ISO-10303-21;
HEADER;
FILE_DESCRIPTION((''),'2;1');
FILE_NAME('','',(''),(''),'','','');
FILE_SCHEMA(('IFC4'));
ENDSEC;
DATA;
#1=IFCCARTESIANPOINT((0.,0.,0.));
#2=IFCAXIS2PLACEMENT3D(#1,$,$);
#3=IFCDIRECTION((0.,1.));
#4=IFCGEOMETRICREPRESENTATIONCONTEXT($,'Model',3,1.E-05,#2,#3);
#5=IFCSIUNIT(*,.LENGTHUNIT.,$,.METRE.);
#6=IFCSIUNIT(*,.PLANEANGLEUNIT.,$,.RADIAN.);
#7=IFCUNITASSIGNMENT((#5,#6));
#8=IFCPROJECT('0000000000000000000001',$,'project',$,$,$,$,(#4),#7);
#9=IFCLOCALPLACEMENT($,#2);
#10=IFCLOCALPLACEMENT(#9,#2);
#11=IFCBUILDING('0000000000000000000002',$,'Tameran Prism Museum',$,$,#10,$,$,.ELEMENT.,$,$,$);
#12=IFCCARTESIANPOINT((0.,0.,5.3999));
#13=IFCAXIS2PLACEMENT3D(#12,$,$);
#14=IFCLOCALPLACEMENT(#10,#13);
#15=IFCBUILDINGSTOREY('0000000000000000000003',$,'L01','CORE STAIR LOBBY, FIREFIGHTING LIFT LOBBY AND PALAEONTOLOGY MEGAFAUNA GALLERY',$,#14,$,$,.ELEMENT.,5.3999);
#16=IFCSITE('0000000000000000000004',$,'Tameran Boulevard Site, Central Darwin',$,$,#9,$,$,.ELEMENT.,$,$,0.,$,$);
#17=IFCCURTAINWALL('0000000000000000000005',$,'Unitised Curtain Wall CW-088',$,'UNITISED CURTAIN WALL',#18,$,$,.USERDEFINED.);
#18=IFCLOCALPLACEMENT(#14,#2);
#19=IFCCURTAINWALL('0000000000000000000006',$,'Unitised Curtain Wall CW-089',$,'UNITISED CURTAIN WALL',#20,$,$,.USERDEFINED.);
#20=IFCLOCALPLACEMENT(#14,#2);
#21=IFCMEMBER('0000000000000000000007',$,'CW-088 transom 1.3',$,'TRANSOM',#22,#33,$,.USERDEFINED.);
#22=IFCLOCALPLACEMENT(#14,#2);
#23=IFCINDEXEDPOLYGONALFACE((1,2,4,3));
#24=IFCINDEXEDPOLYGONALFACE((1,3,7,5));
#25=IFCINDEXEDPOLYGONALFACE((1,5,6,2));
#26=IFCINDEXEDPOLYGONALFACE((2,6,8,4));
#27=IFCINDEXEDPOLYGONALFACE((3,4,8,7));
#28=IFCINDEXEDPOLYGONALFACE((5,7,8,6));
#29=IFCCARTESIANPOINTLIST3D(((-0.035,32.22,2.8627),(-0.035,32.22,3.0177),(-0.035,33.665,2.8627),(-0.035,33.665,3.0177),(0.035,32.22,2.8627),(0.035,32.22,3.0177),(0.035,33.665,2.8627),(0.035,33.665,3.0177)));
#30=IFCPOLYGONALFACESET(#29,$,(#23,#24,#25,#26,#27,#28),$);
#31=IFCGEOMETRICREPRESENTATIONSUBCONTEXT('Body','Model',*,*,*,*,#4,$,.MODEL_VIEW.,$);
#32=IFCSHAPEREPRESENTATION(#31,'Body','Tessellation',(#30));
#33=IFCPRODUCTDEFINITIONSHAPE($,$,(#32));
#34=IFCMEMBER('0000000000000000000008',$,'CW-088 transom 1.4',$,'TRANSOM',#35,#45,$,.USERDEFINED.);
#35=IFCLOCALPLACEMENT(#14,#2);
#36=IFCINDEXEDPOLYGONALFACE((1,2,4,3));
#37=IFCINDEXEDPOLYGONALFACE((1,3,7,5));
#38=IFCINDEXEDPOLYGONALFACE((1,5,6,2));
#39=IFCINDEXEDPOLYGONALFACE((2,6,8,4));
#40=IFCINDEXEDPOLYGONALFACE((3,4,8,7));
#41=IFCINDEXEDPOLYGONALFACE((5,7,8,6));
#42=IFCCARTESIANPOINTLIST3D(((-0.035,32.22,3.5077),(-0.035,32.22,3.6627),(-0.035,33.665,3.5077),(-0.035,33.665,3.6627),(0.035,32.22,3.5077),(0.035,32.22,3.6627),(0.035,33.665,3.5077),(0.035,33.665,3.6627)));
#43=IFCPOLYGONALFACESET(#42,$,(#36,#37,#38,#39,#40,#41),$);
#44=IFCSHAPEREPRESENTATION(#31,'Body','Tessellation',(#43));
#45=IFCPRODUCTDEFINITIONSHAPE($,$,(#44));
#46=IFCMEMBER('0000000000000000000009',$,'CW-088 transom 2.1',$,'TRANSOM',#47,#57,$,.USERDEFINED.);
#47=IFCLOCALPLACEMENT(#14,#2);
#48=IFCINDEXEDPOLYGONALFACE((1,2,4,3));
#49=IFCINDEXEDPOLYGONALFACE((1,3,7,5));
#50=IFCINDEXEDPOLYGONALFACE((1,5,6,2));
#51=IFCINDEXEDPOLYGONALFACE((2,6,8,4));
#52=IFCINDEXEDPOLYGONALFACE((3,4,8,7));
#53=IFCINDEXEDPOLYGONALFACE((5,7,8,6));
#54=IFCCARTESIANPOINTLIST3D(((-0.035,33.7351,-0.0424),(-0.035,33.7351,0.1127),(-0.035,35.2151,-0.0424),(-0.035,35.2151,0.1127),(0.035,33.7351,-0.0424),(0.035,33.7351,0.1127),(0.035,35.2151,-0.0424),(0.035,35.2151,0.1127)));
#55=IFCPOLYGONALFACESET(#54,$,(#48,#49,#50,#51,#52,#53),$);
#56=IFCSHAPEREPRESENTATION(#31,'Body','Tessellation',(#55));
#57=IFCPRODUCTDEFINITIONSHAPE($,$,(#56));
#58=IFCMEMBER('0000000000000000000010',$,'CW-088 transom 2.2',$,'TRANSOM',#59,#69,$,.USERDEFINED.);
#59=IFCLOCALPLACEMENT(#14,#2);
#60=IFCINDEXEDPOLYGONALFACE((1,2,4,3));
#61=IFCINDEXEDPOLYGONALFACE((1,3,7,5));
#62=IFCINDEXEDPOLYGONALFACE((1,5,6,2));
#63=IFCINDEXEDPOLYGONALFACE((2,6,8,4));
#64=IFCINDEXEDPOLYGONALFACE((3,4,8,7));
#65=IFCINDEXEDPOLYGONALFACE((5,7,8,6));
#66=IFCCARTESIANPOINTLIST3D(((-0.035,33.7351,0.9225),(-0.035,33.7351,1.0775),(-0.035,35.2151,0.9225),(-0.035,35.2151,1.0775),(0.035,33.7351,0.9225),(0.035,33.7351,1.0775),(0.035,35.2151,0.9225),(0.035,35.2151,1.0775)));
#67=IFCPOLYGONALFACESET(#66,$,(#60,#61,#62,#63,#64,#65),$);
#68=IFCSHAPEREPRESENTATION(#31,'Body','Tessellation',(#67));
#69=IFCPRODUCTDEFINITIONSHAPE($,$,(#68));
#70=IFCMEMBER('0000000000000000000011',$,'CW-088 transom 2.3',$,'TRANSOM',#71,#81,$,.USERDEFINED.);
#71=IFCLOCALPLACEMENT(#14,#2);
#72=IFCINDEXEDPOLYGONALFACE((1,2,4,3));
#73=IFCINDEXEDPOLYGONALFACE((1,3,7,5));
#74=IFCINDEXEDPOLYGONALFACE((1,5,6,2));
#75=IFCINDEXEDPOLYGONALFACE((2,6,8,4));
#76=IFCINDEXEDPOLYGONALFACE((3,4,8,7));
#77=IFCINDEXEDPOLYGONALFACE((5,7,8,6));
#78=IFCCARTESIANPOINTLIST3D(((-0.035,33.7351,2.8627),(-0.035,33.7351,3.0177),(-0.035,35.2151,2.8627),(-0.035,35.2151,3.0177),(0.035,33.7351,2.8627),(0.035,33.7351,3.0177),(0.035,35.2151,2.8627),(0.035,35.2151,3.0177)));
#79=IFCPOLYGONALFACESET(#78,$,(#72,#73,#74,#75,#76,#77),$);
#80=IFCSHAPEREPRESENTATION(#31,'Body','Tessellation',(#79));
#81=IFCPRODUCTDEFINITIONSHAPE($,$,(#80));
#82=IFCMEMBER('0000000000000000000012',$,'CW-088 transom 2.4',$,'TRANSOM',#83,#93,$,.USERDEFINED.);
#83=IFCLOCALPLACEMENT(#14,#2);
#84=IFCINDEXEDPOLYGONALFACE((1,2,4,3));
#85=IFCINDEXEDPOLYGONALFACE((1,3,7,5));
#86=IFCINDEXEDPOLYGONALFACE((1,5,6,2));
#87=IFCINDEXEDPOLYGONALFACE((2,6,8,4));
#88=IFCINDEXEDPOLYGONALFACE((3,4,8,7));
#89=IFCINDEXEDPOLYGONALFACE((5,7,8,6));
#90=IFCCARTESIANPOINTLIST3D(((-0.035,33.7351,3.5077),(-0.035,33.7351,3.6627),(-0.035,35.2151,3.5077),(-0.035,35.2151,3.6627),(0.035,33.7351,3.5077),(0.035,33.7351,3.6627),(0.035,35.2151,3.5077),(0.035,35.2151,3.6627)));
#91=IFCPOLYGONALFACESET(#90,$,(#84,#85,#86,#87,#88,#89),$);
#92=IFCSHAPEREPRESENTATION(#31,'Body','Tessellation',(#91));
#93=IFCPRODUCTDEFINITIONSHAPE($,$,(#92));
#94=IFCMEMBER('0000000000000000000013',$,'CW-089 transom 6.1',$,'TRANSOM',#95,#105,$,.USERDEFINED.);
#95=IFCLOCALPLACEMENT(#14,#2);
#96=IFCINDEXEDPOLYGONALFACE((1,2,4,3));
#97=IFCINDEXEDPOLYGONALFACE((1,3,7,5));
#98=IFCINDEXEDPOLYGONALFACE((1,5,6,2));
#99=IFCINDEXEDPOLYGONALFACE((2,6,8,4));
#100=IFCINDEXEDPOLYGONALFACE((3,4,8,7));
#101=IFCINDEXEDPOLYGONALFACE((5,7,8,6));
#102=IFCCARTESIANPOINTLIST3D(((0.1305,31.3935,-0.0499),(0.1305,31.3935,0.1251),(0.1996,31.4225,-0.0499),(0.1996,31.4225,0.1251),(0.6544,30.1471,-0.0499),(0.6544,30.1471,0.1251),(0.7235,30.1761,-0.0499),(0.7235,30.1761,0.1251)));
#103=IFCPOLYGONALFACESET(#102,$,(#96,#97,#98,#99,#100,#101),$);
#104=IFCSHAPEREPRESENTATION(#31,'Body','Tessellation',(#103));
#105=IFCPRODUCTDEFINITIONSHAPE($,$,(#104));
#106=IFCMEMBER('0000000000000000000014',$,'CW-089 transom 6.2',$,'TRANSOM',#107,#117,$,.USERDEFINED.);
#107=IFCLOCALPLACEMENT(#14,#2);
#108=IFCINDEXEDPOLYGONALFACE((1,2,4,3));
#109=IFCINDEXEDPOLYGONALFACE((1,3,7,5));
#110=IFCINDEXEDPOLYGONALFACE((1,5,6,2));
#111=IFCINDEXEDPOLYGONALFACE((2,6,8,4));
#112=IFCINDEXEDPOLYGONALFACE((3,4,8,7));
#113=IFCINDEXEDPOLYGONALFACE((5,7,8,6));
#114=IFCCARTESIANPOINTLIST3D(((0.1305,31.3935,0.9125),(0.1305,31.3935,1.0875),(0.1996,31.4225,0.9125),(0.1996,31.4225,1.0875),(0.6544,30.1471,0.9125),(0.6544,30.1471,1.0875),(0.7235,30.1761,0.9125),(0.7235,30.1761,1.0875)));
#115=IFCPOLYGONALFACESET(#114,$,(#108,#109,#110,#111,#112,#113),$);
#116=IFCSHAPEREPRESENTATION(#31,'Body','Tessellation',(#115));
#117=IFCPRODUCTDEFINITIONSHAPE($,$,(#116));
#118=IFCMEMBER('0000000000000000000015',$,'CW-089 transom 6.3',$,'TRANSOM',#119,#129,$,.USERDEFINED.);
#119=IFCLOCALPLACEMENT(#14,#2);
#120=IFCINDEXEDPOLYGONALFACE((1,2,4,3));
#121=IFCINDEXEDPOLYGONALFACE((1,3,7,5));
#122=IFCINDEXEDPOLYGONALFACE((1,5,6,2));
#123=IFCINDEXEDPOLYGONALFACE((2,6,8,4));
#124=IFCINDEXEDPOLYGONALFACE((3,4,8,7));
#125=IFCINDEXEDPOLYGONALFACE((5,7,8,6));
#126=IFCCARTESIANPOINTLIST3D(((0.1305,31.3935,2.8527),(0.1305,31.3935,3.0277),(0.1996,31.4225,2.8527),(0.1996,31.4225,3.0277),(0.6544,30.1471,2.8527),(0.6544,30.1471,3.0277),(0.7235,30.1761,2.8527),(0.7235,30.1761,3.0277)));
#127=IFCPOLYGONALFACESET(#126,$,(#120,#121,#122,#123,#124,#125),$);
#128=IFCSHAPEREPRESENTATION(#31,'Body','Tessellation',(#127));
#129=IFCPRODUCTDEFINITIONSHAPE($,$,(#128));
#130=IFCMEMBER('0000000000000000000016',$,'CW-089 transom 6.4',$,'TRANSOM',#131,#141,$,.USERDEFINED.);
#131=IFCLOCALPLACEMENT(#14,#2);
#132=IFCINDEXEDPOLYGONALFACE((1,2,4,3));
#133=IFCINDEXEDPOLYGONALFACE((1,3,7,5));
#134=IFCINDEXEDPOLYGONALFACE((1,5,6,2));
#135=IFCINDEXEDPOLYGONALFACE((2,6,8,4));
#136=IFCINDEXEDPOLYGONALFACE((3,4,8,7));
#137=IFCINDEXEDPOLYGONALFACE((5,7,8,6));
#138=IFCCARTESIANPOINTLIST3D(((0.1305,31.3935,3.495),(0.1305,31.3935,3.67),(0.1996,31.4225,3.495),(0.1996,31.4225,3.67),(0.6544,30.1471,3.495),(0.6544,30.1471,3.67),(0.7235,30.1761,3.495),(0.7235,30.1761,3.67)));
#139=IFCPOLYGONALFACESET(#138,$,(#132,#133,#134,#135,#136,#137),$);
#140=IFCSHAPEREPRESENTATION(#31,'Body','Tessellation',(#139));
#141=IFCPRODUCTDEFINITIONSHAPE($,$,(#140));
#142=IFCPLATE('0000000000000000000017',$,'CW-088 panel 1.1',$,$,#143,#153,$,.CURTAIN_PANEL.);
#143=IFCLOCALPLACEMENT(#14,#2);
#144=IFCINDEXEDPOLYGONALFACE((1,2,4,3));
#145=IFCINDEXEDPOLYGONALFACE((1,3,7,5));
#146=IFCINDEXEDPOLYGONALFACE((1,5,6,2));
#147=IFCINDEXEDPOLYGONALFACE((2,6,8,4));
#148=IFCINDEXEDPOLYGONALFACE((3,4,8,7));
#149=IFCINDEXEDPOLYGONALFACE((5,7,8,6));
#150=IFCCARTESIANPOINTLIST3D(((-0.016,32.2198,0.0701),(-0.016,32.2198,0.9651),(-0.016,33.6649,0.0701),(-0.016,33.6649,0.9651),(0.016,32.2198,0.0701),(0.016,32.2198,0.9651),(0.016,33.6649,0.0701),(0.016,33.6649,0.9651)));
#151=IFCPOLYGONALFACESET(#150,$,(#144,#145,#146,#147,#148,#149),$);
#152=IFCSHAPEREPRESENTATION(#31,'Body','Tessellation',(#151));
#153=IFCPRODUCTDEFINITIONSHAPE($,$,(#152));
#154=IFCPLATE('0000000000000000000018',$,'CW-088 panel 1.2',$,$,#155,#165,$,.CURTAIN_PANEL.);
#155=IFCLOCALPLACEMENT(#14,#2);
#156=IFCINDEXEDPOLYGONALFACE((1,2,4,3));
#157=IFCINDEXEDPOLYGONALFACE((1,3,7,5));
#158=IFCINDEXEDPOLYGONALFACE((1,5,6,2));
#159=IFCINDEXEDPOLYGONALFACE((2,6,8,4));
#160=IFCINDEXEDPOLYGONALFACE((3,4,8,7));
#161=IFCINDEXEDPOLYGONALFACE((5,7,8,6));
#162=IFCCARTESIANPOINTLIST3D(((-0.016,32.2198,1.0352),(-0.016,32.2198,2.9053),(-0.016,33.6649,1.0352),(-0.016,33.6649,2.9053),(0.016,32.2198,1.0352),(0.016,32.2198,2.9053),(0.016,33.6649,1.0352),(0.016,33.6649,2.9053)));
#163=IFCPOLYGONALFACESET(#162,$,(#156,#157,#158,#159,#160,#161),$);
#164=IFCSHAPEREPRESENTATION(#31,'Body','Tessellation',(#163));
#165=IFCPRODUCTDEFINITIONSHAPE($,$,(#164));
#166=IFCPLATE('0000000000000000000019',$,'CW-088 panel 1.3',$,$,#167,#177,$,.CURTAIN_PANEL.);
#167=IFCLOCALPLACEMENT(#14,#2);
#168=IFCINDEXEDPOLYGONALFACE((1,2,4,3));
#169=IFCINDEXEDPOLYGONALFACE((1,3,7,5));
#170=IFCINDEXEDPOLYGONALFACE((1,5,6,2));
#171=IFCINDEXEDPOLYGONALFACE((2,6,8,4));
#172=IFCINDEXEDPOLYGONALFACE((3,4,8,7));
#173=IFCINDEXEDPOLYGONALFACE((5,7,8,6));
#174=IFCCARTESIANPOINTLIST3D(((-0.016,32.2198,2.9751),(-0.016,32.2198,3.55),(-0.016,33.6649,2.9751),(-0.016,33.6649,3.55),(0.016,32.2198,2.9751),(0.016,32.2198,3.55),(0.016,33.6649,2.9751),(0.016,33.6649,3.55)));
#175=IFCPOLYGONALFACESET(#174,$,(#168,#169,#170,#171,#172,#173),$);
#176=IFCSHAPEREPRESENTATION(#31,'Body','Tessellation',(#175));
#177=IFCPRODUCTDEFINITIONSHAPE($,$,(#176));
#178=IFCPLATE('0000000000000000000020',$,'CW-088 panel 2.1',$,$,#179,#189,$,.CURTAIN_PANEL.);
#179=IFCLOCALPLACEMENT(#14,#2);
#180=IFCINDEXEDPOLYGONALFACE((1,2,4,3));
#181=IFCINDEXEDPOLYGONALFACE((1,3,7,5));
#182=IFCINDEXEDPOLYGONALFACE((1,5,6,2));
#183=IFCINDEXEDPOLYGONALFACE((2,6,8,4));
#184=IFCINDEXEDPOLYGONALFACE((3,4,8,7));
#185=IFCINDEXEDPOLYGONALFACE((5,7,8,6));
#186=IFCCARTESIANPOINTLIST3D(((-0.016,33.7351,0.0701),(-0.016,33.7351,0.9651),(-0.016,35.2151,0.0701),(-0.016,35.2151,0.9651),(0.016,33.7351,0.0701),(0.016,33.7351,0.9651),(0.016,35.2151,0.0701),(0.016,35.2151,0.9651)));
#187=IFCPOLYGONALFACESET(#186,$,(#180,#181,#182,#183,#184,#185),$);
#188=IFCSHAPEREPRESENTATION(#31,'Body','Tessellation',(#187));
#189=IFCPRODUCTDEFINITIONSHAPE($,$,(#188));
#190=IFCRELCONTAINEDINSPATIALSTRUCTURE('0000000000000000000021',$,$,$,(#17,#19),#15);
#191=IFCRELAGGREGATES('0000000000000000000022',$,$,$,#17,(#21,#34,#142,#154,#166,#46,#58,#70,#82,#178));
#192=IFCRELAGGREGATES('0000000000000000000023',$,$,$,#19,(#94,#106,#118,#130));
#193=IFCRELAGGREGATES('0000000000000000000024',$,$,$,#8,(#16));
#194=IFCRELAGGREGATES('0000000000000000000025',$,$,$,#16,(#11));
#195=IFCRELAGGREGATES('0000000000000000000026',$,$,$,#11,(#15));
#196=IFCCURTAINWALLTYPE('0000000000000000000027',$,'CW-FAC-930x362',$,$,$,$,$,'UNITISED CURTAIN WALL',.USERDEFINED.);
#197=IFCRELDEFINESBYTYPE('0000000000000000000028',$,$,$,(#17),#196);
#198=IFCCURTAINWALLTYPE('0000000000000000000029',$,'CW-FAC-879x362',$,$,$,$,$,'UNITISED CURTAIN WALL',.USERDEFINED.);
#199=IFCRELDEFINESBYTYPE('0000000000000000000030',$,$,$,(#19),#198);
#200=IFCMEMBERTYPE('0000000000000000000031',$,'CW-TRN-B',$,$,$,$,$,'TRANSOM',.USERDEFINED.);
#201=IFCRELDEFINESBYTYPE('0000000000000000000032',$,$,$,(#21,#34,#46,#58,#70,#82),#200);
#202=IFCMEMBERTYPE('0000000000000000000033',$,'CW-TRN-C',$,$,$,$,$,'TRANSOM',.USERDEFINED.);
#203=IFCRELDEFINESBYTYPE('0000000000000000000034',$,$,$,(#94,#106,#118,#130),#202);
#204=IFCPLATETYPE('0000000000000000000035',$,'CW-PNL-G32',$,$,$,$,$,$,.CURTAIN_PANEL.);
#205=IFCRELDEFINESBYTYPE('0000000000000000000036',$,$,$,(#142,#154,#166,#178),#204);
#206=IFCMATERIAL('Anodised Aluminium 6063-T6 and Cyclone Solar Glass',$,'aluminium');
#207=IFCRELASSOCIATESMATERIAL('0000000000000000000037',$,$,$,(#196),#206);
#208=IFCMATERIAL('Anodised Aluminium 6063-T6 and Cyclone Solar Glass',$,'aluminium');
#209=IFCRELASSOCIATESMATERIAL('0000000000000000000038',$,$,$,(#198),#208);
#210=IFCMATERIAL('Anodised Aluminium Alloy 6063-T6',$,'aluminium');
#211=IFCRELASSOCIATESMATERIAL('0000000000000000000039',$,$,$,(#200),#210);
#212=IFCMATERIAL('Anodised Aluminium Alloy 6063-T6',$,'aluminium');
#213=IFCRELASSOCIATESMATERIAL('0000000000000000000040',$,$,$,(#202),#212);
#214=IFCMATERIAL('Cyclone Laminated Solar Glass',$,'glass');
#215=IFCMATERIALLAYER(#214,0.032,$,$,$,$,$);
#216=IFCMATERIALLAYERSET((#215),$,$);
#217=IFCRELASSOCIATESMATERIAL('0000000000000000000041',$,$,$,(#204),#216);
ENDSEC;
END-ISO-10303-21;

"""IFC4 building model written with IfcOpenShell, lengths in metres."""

from ifc_helpers import new_model, si_unit, direction, frame, origin, origin_2d, place, context, subcontext, project, spatial, rectangle, extrude, material, layer, layer_set, material_profile, profile_set, type_object, element, aggregate, save


model = new_model("IFC4")

# Units and contexts
model_context = context("Model", 3, precision=1e-05, world=origin(), true_north=direction((0.0, 1.0)))
body_context = subcontext(model_context, "Body", "Model", "MODEL_VIEW")
ifc_project = project(units=[si_unit("LENGTHUNIT", "METRE"), si_unit("PLANEANGLEUNIT", "RADIAN")], contexts=[model_context])

# Site, building, storey
site_placement = place(None, origin())
site = spatial("IfcSite", under=ifc_project, at=site_placement, Name="Tameran Boulevard Site, Central Darwin", CompositionType="ELEMENT", RefElevation=0.0)
building_placement = place(site_placement, origin())
building = spatial("IfcBuilding", under=site, at=building_placement, Name="Tameran Prism Museum", CompositionType="ELEMENT")
storey_placement = place(building_placement, frame((0.0, 0.0, 5.3999)))
storey = spatial("IfcBuildingStorey", under=building, at=storey_placement, Name="L01", Description="CORE STAIR LOBBY, FIREFIGHTING LIFT LOBBY AND PALAEONTOLOGY MEGAFAUNA GALLERY", CompositionType="ELEMENT", Elevation=5.3999)

# Curtain walls
ifc_material_1 = material(Name="Anodised Aluminium 6063-T6 and Cyclone Solar Glass", Category="aluminium")
curtain_wall_type_1 = type_object("IfcCurtainWallType", Name="CW-FAC-930x362", ElementType="UNITISED CURTAIN WALL", PredefinedType="USERDEFINED", material=ifc_material_1)
curtain_wall_1_placement = place(storey_placement, origin())
curtain_wall_1 = element("IfcCurtainWall", 1, at=curtain_wall_1_placement, inside=storey, type_object=curtain_wall_type_1, Name="Unitised Curtain Wall CW-088", ObjectType="UNITISED CURTAIN WALL", PredefinedType="USERDEFINED")
ifc_material_2 = material(Name="Anodised Aluminium 6063-T6 and Cyclone Solar Glass", Category="aluminium")
curtain_wall_type_2 = type_object("IfcCurtainWallType", Name="CW-FAC-879x362", ElementType="UNITISED CURTAIN WALL", PredefinedType="USERDEFINED", material=ifc_material_2)
curtain_wall_2_placement = place(storey_placement, origin())
curtain_wall_2 = element("IfcCurtainWall", 2, at=curtain_wall_2_placement, inside=storey, type_object=curtain_wall_type_2, Name="Unitised Curtain Wall CW-089", ObjectType="UNITISED CURTAIN WALL", PredefinedType="USERDEFINED")

# Members
ifc_material_3 = material(Name="Anodised Aluminium Alloy 6063-T6", Category="aluminium")
ifc_material_profile_1 = material_profile(ifc_material_3, rectangle(XDim=0.0701, YDim=0.155, at=origin_2d()))
ifc_profile_set_1 = profile_set([ifc_material_profile_1])
member_type_1 = type_object("IfcMemberType", Name="CW-TRN-B", ElementType="TRANSOM", PredefinedType="USERDEFINED", material=ifc_profile_set_1)
member_1_placement = place(storey_placement, frame((0.0, 32.22, 2.9402), z_axis=(0.0, 1.0, 0.0), x_axis=(-1.0, 0.0, 0.0)))
member_1 = element("IfcMember", 3, at=member_1_placement, type_object=member_type_1, Name="CW-088 transom 1.3", ObjectType="TRANSOM", PredefinedType="USERDEFINED", context=body_context, shape_type="SweptSolid", body=[
    extrude(rectangle(XDim=0.0701, YDim=0.155, at=origin_2d()), origin(), (0.0, 0.0, 1.0), 1.4451),
])
member_2_placement = place(storey_placement, frame((0.0, 32.22, 3.5852), z_axis=(0.0, 1.0, 0.0), x_axis=(-1.0, 0.0, 0.0)))
member_2 = element("IfcMember", 4, at=member_2_placement, type_object=member_type_1, Name="CW-088 transom 1.4", ObjectType="TRANSOM", PredefinedType="USERDEFINED", context=body_context, shape_type="SweptSolid", body=[
    extrude(rectangle(XDim=0.0701, YDim=0.155, at=origin_2d()), origin(), (0.0, 0.0, 1.0), 1.4451),
])
member_3_placement = place(storey_placement, frame((0.0, 33.7351, 0.0352), z_axis=(0.0, 1.0, 0.0), x_axis=(-1.0, 0.0, 0.0)))
member_3 = element("IfcMember", 5, at=member_3_placement, type_object=member_type_1, Name="CW-088 transom 2.1", ObjectType="TRANSOM", PredefinedType="USERDEFINED", context=body_context, shape_type="SweptSolid", body=[
    extrude(rectangle(XDim=0.0701, YDim=0.155, at=origin_2d()), origin(), (0.0, 0.0, 1.0), 1.48),
])
member_4_placement = place(storey_placement, frame((0.0, 33.7351, 1.0), z_axis=(0.0, 1.0, 0.0), x_axis=(-1.0, 0.0, 0.0)))
member_4 = element("IfcMember", 6, at=member_4_placement, type_object=member_type_1, Name="CW-088 transom 2.2", ObjectType="TRANSOM", PredefinedType="USERDEFINED", context=body_context, shape_type="SweptSolid", body=[
    extrude(rectangle(XDim=0.0701, YDim=0.155, at=origin_2d()), origin(), (0.0, 0.0, 1.0), 1.48),
])
member_5_placement = place(storey_placement, frame((0.0, 33.7351, 2.9402), z_axis=(0.0, 1.0, 0.0), x_axis=(-1.0, 0.0, 0.0)))
member_5 = element("IfcMember", 7, at=member_5_placement, type_object=member_type_1, Name="CW-088 transom 2.3", ObjectType="TRANSOM", PredefinedType="USERDEFINED", context=body_context, shape_type="SweptSolid", body=[
    extrude(rectangle(XDim=0.0701, YDim=0.155, at=origin_2d()), origin(), (0.0, 0.0, 1.0), 1.48),
])
member_6_placement = place(storey_placement, frame((0.0, 33.7351, 3.5852), z_axis=(0.0, 1.0, 0.0), x_axis=(-1.0, 0.0, 0.0)))
member_6 = element("IfcMember", 8, at=member_6_placement, type_object=member_type_1, Name="CW-088 transom 2.4", ObjectType="TRANSOM", PredefinedType="USERDEFINED", context=body_context, shape_type="SweptSolid", body=[
    extrude(rectangle(XDim=0.0701, YDim=0.155, at=origin_2d()), origin(), (0.0, 0.0, 1.0), 1.48),
])
ifc_material_4 = material(Name="Anodised Aluminium Alloy 6063-T6", Category="aluminium")
ifc_material_profile_2 = material_profile(ifc_material_4, rectangle(XDim=0.075, YDim=0.175, at=origin_2d()))
ifc_profile_set_2 = profile_set([ifc_material_profile_2])
member_type_2 = type_object("IfcMemberType", Name="CW-TRN-C", ElementType="TRANSOM", PredefinedType="USERDEFINED", material=ifc_profile_set_2)
member_7_placement = place(storey_placement, frame((0.689, 30.1616, 0.0376), z_axis=(-0.387524, 0.92186, 0.0), x_axis=(-0.92186, -0.387524, 0.0)))
member_7 = element("IfcMember", 9, at=member_7_placement, type_object=member_type_2, Name="CW-089 transom 6.1", ObjectType="TRANSOM", PredefinedType="USERDEFINED", context=body_context, shape_type="SweptSolid", body=[
    extrude(rectangle(XDim=0.075, YDim=0.175, at=origin_2d()), origin(), (0.0, 0.0, 1.0), 1.3521),
])
member_8_placement = place(storey_placement, frame((0.689, 30.1616, 1.0), z_axis=(-0.387524, 0.92186, 0.0), x_axis=(-0.92186, -0.387524, 0.0)))
member_8 = element("IfcMember", 10, at=member_8_placement, type_object=member_type_2, Name="CW-089 transom 6.2", ObjectType="TRANSOM", PredefinedType="USERDEFINED", context=body_context, shape_type="SweptSolid", body=[
    extrude(rectangle(XDim=0.075, YDim=0.175, at=origin_2d()), origin(), (0.0, 0.0, 1.0), 1.3521),
])
member_9_placement = place(storey_placement, frame((0.689, 30.1616, 2.9402), z_axis=(-0.387524, 0.92186, 0.0), x_axis=(-0.92186, -0.387524, 0.0)))
member_9 = element("IfcMember", 11, at=member_9_placement, type_object=member_type_2, Name="CW-089 transom 6.3", ObjectType="TRANSOM", PredefinedType="USERDEFINED", context=body_context, shape_type="SweptSolid", body=[
    extrude(rectangle(XDim=0.075, YDim=0.175, at=origin_2d()), origin(), (0.0, 0.0, 1.0), 1.3521),
])
member_10_placement = place(storey_placement, frame((0.689, 30.1616, 3.5825), z_axis=(-0.387524, 0.92186, 0.0), x_axis=(-0.92186, -0.387524, 0.0)))
member_10 = element("IfcMember", 12, at=member_10_placement, type_object=member_type_2, Name="CW-089 transom 6.4", ObjectType="TRANSOM", PredefinedType="USERDEFINED", context=body_context, shape_type="SweptSolid", body=[
    extrude(rectangle(XDim=0.075, YDim=0.175, at=origin_2d()), origin(), (0.0, 0.0, 1.0), 1.3521),
])

# Plates
ifc_material_5 = material(Name="Cyclone Laminated Solar Glass", Category="glass")
ifc_layer_1 = layer(ifc_material_5, 0.032)
ifc_layer_set_1 = layer_set([ifc_layer_1])
plate_type_1 = type_object("IfcPlateType", Name="CW-PNL-G32", PredefinedType="CURTAIN_PANEL", material=ifc_layer_set_1)
plate_1_placement = place(storey_placement, frame((0.0, 32.9424, 0.0701), z_axis=(0.0, 0.0, 1.0), x_axis=(0.0, 1.0, 0.0)))
plate_1 = element("IfcPlate", 13, at=plate_1_placement, type_object=plate_type_1, Name="CW-088 panel 1.1", PredefinedType="CURTAIN_PANEL", context=body_context, shape_type="SweptSolid", body=[
    extrude(rectangle(XDim=1.4451, YDim=0.032, at=origin_2d()), origin(), (0.0, 0.0, 1.0), 0.895),
])
plate_2_placement = place(storey_placement, frame((0.0, 32.9424, 1.0352), z_axis=(0.0, 0.0, 1.0), x_axis=(0.0, 1.0, 0.0)))
plate_2 = element("IfcPlate", 14, at=plate_2_placement, type_object=plate_type_1, Name="CW-088 panel 1.2", PredefinedType="CURTAIN_PANEL", context=body_context, shape_type="SweptSolid", body=[
    extrude(rectangle(XDim=1.4451, YDim=0.032, at=origin_2d()), origin(), (0.0, 0.0, 1.0), 1.8701),
])
plate_3_placement = place(storey_placement, frame((0.0, 32.9424, 2.9751), z_axis=(0.0, 0.0, 1.0), x_axis=(0.0, 1.0, 0.0)))
plate_3 = element("IfcPlate", 15, at=plate_3_placement, type_object=plate_type_1, Name="CW-088 panel 1.3", PredefinedType="CURTAIN_PANEL", context=body_context, shape_type="SweptSolid", body=[
    extrude(rectangle(XDim=1.4451, YDim=0.032, at=origin_2d()), origin(), (0.0, 0.0, 1.0), 0.575),
])
plate_4_placement = place(storey_placement, frame((0.0, 34.4751, 0.0701), z_axis=(0.0, 0.0, 1.0), x_axis=(0.0, 1.0, 0.0)))
plate_4 = element("IfcPlate", 16, at=plate_4_placement, type_object=plate_type_1, Name="CW-088 panel 2.1", PredefinedType="CURTAIN_PANEL", context=body_context, shape_type="SweptSolid", body=[
    extrude(rectangle(XDim=1.48, YDim=0.032, at=origin_2d()), origin(), (0.0, 0.0, 1.0), 0.895),
])
aggregate(curtain_wall_1, [member_1, member_2, plate_1, plate_2, plate_3, member_3, member_4, member_5, member_6, plate_4])
aggregate(curtain_wall_2, [member_7, member_8, member_9, member_10])

save(model, "model.ifc")
